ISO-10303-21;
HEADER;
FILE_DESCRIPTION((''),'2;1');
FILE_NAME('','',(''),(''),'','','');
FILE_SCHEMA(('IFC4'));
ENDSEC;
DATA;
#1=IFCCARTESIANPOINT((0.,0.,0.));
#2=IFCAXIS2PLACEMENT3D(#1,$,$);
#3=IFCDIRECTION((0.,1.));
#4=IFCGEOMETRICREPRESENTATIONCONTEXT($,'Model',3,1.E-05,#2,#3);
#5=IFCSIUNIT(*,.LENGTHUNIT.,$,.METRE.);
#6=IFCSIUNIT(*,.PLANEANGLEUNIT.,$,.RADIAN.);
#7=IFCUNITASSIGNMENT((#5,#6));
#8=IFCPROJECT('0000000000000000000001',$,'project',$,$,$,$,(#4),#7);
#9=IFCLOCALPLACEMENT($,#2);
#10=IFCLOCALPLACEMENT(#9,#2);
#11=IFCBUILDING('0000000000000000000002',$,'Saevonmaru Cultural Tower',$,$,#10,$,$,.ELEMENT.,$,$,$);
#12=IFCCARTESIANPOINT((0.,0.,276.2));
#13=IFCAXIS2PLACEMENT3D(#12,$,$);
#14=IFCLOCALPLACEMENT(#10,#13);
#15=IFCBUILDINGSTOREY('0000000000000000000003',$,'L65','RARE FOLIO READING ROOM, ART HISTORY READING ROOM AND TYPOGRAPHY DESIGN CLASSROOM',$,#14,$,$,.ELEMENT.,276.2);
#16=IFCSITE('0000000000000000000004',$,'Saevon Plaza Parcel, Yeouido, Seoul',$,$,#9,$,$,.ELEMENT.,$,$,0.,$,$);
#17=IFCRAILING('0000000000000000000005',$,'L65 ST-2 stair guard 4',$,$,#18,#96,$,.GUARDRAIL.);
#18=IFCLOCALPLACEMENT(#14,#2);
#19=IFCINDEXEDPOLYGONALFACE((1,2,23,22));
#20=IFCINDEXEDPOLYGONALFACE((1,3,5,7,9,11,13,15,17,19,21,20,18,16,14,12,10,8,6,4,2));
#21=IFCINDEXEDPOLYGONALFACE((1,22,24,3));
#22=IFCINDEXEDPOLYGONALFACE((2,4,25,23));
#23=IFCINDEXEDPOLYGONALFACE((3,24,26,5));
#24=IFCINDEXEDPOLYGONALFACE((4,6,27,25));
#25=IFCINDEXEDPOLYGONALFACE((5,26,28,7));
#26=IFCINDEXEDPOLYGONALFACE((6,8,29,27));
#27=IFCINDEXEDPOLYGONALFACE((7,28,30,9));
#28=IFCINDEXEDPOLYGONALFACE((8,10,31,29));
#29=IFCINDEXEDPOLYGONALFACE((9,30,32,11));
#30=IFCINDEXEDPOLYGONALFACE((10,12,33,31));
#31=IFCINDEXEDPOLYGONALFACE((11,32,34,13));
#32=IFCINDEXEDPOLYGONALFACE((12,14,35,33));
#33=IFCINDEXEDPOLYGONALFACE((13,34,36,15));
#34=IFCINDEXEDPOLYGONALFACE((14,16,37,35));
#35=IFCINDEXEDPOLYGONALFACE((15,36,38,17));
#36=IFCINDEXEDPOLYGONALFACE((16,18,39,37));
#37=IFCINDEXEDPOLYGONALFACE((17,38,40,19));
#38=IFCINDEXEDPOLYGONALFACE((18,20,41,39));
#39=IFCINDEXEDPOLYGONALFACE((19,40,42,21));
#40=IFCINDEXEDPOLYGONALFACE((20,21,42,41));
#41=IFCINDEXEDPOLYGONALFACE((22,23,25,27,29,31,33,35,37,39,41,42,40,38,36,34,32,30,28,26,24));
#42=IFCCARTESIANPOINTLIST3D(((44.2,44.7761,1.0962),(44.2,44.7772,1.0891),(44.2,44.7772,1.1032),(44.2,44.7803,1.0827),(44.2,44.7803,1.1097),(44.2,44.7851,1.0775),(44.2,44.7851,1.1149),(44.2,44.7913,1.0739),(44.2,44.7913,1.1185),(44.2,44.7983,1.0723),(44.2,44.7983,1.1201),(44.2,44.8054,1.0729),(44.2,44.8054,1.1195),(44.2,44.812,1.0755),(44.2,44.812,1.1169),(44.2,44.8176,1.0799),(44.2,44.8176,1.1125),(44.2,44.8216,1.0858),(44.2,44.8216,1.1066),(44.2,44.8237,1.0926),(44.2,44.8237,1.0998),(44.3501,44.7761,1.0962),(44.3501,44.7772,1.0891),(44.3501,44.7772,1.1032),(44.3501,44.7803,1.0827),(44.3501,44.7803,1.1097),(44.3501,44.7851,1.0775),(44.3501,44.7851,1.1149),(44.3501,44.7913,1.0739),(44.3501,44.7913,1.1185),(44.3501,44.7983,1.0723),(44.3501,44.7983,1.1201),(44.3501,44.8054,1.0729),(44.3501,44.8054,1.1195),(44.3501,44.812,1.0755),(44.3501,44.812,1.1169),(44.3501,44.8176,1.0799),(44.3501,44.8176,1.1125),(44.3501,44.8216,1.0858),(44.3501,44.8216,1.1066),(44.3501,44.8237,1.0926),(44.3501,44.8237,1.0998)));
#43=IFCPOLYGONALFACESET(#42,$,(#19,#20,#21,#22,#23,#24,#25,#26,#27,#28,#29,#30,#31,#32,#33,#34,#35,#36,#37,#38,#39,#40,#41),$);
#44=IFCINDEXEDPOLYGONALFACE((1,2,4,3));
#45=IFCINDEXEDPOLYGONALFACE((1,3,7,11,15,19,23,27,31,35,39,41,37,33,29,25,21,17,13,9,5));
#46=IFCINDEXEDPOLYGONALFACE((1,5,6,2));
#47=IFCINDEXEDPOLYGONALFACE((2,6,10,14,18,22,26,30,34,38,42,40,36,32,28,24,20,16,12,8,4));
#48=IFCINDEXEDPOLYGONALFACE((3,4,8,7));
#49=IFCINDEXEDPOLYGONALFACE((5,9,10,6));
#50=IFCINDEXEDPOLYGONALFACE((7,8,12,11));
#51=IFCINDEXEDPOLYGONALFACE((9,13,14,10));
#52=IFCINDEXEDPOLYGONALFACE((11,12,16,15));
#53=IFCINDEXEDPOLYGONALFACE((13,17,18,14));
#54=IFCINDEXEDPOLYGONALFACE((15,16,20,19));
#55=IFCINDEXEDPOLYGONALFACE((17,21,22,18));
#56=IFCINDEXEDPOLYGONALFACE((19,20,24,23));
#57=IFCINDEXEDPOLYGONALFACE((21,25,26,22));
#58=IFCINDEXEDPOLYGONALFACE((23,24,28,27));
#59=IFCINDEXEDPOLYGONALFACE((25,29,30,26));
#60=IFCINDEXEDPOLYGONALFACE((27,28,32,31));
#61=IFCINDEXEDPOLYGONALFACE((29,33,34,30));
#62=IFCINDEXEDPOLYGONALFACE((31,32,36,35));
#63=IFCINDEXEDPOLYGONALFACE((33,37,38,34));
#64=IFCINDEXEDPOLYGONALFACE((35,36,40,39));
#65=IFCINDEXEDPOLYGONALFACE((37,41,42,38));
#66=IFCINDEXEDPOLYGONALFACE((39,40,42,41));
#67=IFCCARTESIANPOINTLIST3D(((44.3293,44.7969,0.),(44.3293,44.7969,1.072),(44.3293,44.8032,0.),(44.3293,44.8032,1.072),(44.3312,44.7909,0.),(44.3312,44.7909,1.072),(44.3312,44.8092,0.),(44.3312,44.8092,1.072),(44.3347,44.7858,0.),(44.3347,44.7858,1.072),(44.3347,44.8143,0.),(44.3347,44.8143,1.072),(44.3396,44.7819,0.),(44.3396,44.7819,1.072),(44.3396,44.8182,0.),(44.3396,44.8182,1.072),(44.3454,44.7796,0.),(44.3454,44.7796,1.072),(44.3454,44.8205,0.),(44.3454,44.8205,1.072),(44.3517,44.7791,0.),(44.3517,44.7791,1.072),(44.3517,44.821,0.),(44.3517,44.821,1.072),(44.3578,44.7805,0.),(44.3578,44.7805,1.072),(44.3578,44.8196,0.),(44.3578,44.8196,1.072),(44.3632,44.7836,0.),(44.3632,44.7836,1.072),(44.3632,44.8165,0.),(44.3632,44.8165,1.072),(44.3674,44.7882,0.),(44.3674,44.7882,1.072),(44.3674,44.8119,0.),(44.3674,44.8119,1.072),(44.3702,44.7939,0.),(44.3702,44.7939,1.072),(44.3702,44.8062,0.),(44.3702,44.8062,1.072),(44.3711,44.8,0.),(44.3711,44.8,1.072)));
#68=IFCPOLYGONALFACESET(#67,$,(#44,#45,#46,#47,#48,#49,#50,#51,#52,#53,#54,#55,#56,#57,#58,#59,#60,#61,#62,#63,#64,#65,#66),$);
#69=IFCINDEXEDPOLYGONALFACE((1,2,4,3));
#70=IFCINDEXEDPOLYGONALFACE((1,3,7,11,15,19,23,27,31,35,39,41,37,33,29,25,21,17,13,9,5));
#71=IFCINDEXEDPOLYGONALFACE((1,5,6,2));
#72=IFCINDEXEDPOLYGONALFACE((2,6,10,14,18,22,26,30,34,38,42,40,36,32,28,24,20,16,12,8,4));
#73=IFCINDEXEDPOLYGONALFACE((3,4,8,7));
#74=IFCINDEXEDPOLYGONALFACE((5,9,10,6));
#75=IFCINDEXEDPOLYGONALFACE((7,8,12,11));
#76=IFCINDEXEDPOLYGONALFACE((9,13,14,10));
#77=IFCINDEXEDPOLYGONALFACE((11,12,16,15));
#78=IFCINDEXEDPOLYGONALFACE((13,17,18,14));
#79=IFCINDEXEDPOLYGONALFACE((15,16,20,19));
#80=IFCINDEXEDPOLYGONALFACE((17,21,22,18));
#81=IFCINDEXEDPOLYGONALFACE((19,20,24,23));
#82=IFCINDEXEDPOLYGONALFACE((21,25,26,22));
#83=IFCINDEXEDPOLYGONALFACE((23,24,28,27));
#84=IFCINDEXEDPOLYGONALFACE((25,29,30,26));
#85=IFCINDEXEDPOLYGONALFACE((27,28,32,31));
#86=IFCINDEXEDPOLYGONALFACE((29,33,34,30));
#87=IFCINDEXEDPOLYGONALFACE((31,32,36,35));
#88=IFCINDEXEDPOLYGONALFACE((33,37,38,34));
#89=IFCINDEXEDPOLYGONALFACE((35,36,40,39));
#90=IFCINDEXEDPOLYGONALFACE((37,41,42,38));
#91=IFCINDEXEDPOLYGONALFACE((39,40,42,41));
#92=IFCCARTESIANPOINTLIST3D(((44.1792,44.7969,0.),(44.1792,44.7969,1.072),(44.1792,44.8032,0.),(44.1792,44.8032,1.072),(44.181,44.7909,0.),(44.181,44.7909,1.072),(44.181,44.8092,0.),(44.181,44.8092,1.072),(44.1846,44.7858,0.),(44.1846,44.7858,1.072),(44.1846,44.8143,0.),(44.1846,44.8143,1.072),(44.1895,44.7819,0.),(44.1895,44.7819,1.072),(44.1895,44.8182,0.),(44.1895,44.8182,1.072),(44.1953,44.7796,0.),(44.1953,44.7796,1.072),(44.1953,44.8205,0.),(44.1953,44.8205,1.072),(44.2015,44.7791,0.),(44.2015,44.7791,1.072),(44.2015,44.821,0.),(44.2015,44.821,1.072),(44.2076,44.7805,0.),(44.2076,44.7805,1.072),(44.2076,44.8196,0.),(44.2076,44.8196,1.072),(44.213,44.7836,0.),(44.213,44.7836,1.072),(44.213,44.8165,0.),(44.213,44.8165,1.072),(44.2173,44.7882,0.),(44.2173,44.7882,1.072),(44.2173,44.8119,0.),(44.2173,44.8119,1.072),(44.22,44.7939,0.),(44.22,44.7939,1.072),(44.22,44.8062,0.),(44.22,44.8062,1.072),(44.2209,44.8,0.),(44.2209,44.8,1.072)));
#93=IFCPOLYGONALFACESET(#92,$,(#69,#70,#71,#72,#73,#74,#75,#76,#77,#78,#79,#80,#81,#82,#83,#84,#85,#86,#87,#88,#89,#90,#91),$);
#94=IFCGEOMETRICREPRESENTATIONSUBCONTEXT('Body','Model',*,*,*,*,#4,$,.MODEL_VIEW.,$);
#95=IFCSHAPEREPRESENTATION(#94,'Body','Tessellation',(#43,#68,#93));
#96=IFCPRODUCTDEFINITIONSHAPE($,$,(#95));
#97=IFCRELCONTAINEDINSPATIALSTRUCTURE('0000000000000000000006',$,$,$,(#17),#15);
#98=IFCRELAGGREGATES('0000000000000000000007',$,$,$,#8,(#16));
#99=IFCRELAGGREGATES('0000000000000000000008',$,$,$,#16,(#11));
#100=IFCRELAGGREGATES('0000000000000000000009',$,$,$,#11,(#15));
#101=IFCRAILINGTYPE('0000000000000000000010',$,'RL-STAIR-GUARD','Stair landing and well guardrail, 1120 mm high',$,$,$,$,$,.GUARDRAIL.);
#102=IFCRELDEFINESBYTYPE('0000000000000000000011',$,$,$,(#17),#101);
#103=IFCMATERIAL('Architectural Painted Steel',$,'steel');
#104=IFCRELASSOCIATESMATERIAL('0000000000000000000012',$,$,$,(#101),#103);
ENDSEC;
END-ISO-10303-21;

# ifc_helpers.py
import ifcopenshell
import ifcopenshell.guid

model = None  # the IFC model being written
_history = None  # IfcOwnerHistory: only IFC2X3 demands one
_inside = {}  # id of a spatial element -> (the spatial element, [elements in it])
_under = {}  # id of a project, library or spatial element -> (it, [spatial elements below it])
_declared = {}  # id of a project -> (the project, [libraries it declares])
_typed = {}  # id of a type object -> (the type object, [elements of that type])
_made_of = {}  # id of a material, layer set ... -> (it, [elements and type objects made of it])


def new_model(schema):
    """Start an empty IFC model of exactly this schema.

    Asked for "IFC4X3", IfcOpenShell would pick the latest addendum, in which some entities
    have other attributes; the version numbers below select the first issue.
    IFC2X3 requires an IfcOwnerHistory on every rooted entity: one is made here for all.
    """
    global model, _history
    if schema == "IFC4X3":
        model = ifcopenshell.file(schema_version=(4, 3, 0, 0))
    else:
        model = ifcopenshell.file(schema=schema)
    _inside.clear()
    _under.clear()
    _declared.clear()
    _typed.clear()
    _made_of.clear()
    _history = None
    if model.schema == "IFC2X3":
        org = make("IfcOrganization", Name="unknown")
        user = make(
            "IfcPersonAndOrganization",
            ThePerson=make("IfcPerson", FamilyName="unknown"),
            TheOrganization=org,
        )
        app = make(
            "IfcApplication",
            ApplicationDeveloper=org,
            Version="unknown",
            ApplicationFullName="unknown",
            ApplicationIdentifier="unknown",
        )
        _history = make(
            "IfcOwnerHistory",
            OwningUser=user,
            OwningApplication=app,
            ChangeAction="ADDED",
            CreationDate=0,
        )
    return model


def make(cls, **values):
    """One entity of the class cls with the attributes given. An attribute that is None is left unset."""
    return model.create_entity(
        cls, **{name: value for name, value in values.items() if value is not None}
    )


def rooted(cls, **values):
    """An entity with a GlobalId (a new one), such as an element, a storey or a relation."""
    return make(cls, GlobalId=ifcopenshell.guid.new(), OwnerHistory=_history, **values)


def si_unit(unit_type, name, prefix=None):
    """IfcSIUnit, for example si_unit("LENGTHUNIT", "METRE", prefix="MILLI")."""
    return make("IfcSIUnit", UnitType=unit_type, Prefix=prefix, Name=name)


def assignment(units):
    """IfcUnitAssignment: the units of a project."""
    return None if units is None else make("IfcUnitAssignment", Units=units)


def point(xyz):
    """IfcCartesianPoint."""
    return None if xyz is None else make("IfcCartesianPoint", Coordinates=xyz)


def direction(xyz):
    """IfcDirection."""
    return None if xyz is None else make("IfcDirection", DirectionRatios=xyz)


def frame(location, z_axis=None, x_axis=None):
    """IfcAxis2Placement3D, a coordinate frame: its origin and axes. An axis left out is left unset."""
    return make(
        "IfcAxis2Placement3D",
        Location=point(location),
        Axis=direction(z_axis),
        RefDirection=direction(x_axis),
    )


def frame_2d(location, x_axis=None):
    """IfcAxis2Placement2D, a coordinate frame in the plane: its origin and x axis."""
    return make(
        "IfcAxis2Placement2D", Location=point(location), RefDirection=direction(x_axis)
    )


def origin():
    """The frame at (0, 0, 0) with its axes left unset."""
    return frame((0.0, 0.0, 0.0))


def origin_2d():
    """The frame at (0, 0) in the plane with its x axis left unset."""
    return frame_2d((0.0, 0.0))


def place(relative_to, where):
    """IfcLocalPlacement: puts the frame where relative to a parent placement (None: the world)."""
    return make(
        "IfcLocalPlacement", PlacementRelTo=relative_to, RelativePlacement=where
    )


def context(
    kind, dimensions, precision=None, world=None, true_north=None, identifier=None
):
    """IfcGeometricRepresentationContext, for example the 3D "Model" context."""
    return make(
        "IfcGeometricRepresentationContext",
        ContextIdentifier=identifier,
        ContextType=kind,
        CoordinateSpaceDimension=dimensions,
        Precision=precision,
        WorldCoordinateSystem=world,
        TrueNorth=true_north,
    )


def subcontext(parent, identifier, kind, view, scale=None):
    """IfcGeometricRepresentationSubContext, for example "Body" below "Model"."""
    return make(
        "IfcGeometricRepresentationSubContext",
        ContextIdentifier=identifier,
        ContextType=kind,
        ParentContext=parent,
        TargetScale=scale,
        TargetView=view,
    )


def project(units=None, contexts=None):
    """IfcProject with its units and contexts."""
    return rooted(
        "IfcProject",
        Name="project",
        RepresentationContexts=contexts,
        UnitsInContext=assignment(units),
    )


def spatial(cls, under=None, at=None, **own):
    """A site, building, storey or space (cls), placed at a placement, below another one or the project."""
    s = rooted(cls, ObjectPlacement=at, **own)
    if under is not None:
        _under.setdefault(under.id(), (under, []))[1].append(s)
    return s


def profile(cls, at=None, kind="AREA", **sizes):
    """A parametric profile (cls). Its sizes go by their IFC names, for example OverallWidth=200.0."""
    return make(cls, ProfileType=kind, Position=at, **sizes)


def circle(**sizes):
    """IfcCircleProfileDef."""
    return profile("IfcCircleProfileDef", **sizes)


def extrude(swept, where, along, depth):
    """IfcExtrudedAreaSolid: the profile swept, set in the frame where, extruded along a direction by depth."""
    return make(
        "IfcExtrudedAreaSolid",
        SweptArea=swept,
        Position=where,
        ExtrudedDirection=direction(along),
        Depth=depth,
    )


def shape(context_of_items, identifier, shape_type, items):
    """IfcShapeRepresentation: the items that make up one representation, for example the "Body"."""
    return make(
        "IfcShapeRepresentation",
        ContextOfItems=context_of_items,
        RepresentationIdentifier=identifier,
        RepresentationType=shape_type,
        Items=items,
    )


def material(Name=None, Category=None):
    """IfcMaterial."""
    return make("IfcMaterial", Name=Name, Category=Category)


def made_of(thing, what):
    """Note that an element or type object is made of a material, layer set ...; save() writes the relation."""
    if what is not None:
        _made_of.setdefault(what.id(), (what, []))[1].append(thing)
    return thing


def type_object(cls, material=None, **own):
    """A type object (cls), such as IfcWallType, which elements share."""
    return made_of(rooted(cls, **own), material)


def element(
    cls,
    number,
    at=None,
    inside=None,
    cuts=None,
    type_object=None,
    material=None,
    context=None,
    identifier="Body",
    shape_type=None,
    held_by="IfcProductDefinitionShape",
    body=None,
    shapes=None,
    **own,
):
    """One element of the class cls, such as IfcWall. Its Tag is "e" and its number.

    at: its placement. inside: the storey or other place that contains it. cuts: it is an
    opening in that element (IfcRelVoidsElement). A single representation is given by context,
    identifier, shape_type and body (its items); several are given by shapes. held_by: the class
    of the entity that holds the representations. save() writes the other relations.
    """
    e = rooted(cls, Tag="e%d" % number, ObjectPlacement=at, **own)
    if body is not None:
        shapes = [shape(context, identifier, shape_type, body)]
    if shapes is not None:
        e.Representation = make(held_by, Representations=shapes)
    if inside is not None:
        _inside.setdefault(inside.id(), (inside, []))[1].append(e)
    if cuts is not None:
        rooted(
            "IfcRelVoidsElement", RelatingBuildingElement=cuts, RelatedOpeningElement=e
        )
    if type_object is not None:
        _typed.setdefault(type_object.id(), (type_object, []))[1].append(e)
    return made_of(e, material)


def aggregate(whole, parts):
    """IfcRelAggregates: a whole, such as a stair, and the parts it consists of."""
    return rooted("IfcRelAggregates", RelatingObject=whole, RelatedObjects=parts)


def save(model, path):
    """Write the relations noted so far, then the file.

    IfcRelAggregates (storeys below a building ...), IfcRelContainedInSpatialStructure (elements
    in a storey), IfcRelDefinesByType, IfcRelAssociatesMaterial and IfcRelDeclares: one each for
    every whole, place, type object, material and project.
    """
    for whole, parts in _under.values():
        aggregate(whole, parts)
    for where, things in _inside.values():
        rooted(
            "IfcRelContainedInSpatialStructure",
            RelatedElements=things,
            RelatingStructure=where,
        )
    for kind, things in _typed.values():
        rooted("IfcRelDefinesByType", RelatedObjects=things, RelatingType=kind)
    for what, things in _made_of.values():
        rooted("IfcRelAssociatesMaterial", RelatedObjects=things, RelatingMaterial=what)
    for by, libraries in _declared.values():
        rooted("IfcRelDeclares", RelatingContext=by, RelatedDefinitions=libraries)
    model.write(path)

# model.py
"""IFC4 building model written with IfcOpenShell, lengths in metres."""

from ifc_helpers import new_model, si_unit, direction, frame, origin, origin_2d, place, context, subcontext, project, spatial, circle, extrude, material, type_object, element, save


model = new_model("IFC4")

# Units and contexts
model_context = context("Model", 3, precision=1e-05, world=origin(), true_north=direction((0.0, 1.0)))
body_context = subcontext(model_context, "Body", "Model", "MODEL_VIEW")
ifc_project = project(units=[si_unit("LENGTHUNIT", "METRE"), si_unit("PLANEANGLEUNIT", "RADIAN")], contexts=[model_context])

# Site, building, storey
site_placement = place(None, origin())
site = spatial("IfcSite", under=ifc_project, at=site_placement, Name="Saevon Plaza Parcel, Yeouido, Seoul", CompositionType="ELEMENT", RefElevation=0.0)
building_placement = place(site_placement, origin())
building = spatial("IfcBuilding", under=site, at=building_placement, Name="Saevonmaru Cultural Tower", CompositionType="ELEMENT")
storey_placement = place(building_placement, frame((0.0, 0.0, 276.2)))
storey = spatial("IfcBuildingStorey", under=building, at=storey_placement, Name="L65", Description="RARE FOLIO READING ROOM, ART HISTORY READING ROOM AND TYPOGRAPHY DESIGN CLASSROOM", CompositionType="ELEMENT", Elevation=276.2)

# Railing
ifc_material_1 = material(Name="Architectural Painted Steel", Category="steel")
railing_type_1 = type_object("IfcRailingType", Name="RL-STAIR-GUARD", Description="Stair landing and well guardrail, 1120 mm high", PredefinedType="GUARDRAIL", material=ifc_material_1)
railing_1_placement = place(storey_placement, frame((44.3501, 44.8, 0.0)))
element("IfcRailing", 1, at=railing_1_placement, inside=storey, type_object=railing_type_1, Name="L65 ST-2 stair guard 4", PredefinedType="GUARDRAIL", context=body_context, shape_type="SweptSolid", body=[
    extrude(circle(Radius=0.0239, at=origin_2d()), frame((0.0, 0.0, 1.0962), z_axis=(-1.0, 0.0, 0.0), x_axis=(0.0, -1.0, 0.0)), (0.0, 0.0, 1.0), 0.1501),
    extrude(circle(Radius=0.021, at=origin_2d()), origin(), (0.0, 0.0, 1.0), 1.072),
    extrude(circle(Radius=0.021, at=origin_2d()), frame((-0.1501, 0.0, 0.0)), (0.0, 0.0, 1.0), 1.072),
])

save(model, "model.ifc")
